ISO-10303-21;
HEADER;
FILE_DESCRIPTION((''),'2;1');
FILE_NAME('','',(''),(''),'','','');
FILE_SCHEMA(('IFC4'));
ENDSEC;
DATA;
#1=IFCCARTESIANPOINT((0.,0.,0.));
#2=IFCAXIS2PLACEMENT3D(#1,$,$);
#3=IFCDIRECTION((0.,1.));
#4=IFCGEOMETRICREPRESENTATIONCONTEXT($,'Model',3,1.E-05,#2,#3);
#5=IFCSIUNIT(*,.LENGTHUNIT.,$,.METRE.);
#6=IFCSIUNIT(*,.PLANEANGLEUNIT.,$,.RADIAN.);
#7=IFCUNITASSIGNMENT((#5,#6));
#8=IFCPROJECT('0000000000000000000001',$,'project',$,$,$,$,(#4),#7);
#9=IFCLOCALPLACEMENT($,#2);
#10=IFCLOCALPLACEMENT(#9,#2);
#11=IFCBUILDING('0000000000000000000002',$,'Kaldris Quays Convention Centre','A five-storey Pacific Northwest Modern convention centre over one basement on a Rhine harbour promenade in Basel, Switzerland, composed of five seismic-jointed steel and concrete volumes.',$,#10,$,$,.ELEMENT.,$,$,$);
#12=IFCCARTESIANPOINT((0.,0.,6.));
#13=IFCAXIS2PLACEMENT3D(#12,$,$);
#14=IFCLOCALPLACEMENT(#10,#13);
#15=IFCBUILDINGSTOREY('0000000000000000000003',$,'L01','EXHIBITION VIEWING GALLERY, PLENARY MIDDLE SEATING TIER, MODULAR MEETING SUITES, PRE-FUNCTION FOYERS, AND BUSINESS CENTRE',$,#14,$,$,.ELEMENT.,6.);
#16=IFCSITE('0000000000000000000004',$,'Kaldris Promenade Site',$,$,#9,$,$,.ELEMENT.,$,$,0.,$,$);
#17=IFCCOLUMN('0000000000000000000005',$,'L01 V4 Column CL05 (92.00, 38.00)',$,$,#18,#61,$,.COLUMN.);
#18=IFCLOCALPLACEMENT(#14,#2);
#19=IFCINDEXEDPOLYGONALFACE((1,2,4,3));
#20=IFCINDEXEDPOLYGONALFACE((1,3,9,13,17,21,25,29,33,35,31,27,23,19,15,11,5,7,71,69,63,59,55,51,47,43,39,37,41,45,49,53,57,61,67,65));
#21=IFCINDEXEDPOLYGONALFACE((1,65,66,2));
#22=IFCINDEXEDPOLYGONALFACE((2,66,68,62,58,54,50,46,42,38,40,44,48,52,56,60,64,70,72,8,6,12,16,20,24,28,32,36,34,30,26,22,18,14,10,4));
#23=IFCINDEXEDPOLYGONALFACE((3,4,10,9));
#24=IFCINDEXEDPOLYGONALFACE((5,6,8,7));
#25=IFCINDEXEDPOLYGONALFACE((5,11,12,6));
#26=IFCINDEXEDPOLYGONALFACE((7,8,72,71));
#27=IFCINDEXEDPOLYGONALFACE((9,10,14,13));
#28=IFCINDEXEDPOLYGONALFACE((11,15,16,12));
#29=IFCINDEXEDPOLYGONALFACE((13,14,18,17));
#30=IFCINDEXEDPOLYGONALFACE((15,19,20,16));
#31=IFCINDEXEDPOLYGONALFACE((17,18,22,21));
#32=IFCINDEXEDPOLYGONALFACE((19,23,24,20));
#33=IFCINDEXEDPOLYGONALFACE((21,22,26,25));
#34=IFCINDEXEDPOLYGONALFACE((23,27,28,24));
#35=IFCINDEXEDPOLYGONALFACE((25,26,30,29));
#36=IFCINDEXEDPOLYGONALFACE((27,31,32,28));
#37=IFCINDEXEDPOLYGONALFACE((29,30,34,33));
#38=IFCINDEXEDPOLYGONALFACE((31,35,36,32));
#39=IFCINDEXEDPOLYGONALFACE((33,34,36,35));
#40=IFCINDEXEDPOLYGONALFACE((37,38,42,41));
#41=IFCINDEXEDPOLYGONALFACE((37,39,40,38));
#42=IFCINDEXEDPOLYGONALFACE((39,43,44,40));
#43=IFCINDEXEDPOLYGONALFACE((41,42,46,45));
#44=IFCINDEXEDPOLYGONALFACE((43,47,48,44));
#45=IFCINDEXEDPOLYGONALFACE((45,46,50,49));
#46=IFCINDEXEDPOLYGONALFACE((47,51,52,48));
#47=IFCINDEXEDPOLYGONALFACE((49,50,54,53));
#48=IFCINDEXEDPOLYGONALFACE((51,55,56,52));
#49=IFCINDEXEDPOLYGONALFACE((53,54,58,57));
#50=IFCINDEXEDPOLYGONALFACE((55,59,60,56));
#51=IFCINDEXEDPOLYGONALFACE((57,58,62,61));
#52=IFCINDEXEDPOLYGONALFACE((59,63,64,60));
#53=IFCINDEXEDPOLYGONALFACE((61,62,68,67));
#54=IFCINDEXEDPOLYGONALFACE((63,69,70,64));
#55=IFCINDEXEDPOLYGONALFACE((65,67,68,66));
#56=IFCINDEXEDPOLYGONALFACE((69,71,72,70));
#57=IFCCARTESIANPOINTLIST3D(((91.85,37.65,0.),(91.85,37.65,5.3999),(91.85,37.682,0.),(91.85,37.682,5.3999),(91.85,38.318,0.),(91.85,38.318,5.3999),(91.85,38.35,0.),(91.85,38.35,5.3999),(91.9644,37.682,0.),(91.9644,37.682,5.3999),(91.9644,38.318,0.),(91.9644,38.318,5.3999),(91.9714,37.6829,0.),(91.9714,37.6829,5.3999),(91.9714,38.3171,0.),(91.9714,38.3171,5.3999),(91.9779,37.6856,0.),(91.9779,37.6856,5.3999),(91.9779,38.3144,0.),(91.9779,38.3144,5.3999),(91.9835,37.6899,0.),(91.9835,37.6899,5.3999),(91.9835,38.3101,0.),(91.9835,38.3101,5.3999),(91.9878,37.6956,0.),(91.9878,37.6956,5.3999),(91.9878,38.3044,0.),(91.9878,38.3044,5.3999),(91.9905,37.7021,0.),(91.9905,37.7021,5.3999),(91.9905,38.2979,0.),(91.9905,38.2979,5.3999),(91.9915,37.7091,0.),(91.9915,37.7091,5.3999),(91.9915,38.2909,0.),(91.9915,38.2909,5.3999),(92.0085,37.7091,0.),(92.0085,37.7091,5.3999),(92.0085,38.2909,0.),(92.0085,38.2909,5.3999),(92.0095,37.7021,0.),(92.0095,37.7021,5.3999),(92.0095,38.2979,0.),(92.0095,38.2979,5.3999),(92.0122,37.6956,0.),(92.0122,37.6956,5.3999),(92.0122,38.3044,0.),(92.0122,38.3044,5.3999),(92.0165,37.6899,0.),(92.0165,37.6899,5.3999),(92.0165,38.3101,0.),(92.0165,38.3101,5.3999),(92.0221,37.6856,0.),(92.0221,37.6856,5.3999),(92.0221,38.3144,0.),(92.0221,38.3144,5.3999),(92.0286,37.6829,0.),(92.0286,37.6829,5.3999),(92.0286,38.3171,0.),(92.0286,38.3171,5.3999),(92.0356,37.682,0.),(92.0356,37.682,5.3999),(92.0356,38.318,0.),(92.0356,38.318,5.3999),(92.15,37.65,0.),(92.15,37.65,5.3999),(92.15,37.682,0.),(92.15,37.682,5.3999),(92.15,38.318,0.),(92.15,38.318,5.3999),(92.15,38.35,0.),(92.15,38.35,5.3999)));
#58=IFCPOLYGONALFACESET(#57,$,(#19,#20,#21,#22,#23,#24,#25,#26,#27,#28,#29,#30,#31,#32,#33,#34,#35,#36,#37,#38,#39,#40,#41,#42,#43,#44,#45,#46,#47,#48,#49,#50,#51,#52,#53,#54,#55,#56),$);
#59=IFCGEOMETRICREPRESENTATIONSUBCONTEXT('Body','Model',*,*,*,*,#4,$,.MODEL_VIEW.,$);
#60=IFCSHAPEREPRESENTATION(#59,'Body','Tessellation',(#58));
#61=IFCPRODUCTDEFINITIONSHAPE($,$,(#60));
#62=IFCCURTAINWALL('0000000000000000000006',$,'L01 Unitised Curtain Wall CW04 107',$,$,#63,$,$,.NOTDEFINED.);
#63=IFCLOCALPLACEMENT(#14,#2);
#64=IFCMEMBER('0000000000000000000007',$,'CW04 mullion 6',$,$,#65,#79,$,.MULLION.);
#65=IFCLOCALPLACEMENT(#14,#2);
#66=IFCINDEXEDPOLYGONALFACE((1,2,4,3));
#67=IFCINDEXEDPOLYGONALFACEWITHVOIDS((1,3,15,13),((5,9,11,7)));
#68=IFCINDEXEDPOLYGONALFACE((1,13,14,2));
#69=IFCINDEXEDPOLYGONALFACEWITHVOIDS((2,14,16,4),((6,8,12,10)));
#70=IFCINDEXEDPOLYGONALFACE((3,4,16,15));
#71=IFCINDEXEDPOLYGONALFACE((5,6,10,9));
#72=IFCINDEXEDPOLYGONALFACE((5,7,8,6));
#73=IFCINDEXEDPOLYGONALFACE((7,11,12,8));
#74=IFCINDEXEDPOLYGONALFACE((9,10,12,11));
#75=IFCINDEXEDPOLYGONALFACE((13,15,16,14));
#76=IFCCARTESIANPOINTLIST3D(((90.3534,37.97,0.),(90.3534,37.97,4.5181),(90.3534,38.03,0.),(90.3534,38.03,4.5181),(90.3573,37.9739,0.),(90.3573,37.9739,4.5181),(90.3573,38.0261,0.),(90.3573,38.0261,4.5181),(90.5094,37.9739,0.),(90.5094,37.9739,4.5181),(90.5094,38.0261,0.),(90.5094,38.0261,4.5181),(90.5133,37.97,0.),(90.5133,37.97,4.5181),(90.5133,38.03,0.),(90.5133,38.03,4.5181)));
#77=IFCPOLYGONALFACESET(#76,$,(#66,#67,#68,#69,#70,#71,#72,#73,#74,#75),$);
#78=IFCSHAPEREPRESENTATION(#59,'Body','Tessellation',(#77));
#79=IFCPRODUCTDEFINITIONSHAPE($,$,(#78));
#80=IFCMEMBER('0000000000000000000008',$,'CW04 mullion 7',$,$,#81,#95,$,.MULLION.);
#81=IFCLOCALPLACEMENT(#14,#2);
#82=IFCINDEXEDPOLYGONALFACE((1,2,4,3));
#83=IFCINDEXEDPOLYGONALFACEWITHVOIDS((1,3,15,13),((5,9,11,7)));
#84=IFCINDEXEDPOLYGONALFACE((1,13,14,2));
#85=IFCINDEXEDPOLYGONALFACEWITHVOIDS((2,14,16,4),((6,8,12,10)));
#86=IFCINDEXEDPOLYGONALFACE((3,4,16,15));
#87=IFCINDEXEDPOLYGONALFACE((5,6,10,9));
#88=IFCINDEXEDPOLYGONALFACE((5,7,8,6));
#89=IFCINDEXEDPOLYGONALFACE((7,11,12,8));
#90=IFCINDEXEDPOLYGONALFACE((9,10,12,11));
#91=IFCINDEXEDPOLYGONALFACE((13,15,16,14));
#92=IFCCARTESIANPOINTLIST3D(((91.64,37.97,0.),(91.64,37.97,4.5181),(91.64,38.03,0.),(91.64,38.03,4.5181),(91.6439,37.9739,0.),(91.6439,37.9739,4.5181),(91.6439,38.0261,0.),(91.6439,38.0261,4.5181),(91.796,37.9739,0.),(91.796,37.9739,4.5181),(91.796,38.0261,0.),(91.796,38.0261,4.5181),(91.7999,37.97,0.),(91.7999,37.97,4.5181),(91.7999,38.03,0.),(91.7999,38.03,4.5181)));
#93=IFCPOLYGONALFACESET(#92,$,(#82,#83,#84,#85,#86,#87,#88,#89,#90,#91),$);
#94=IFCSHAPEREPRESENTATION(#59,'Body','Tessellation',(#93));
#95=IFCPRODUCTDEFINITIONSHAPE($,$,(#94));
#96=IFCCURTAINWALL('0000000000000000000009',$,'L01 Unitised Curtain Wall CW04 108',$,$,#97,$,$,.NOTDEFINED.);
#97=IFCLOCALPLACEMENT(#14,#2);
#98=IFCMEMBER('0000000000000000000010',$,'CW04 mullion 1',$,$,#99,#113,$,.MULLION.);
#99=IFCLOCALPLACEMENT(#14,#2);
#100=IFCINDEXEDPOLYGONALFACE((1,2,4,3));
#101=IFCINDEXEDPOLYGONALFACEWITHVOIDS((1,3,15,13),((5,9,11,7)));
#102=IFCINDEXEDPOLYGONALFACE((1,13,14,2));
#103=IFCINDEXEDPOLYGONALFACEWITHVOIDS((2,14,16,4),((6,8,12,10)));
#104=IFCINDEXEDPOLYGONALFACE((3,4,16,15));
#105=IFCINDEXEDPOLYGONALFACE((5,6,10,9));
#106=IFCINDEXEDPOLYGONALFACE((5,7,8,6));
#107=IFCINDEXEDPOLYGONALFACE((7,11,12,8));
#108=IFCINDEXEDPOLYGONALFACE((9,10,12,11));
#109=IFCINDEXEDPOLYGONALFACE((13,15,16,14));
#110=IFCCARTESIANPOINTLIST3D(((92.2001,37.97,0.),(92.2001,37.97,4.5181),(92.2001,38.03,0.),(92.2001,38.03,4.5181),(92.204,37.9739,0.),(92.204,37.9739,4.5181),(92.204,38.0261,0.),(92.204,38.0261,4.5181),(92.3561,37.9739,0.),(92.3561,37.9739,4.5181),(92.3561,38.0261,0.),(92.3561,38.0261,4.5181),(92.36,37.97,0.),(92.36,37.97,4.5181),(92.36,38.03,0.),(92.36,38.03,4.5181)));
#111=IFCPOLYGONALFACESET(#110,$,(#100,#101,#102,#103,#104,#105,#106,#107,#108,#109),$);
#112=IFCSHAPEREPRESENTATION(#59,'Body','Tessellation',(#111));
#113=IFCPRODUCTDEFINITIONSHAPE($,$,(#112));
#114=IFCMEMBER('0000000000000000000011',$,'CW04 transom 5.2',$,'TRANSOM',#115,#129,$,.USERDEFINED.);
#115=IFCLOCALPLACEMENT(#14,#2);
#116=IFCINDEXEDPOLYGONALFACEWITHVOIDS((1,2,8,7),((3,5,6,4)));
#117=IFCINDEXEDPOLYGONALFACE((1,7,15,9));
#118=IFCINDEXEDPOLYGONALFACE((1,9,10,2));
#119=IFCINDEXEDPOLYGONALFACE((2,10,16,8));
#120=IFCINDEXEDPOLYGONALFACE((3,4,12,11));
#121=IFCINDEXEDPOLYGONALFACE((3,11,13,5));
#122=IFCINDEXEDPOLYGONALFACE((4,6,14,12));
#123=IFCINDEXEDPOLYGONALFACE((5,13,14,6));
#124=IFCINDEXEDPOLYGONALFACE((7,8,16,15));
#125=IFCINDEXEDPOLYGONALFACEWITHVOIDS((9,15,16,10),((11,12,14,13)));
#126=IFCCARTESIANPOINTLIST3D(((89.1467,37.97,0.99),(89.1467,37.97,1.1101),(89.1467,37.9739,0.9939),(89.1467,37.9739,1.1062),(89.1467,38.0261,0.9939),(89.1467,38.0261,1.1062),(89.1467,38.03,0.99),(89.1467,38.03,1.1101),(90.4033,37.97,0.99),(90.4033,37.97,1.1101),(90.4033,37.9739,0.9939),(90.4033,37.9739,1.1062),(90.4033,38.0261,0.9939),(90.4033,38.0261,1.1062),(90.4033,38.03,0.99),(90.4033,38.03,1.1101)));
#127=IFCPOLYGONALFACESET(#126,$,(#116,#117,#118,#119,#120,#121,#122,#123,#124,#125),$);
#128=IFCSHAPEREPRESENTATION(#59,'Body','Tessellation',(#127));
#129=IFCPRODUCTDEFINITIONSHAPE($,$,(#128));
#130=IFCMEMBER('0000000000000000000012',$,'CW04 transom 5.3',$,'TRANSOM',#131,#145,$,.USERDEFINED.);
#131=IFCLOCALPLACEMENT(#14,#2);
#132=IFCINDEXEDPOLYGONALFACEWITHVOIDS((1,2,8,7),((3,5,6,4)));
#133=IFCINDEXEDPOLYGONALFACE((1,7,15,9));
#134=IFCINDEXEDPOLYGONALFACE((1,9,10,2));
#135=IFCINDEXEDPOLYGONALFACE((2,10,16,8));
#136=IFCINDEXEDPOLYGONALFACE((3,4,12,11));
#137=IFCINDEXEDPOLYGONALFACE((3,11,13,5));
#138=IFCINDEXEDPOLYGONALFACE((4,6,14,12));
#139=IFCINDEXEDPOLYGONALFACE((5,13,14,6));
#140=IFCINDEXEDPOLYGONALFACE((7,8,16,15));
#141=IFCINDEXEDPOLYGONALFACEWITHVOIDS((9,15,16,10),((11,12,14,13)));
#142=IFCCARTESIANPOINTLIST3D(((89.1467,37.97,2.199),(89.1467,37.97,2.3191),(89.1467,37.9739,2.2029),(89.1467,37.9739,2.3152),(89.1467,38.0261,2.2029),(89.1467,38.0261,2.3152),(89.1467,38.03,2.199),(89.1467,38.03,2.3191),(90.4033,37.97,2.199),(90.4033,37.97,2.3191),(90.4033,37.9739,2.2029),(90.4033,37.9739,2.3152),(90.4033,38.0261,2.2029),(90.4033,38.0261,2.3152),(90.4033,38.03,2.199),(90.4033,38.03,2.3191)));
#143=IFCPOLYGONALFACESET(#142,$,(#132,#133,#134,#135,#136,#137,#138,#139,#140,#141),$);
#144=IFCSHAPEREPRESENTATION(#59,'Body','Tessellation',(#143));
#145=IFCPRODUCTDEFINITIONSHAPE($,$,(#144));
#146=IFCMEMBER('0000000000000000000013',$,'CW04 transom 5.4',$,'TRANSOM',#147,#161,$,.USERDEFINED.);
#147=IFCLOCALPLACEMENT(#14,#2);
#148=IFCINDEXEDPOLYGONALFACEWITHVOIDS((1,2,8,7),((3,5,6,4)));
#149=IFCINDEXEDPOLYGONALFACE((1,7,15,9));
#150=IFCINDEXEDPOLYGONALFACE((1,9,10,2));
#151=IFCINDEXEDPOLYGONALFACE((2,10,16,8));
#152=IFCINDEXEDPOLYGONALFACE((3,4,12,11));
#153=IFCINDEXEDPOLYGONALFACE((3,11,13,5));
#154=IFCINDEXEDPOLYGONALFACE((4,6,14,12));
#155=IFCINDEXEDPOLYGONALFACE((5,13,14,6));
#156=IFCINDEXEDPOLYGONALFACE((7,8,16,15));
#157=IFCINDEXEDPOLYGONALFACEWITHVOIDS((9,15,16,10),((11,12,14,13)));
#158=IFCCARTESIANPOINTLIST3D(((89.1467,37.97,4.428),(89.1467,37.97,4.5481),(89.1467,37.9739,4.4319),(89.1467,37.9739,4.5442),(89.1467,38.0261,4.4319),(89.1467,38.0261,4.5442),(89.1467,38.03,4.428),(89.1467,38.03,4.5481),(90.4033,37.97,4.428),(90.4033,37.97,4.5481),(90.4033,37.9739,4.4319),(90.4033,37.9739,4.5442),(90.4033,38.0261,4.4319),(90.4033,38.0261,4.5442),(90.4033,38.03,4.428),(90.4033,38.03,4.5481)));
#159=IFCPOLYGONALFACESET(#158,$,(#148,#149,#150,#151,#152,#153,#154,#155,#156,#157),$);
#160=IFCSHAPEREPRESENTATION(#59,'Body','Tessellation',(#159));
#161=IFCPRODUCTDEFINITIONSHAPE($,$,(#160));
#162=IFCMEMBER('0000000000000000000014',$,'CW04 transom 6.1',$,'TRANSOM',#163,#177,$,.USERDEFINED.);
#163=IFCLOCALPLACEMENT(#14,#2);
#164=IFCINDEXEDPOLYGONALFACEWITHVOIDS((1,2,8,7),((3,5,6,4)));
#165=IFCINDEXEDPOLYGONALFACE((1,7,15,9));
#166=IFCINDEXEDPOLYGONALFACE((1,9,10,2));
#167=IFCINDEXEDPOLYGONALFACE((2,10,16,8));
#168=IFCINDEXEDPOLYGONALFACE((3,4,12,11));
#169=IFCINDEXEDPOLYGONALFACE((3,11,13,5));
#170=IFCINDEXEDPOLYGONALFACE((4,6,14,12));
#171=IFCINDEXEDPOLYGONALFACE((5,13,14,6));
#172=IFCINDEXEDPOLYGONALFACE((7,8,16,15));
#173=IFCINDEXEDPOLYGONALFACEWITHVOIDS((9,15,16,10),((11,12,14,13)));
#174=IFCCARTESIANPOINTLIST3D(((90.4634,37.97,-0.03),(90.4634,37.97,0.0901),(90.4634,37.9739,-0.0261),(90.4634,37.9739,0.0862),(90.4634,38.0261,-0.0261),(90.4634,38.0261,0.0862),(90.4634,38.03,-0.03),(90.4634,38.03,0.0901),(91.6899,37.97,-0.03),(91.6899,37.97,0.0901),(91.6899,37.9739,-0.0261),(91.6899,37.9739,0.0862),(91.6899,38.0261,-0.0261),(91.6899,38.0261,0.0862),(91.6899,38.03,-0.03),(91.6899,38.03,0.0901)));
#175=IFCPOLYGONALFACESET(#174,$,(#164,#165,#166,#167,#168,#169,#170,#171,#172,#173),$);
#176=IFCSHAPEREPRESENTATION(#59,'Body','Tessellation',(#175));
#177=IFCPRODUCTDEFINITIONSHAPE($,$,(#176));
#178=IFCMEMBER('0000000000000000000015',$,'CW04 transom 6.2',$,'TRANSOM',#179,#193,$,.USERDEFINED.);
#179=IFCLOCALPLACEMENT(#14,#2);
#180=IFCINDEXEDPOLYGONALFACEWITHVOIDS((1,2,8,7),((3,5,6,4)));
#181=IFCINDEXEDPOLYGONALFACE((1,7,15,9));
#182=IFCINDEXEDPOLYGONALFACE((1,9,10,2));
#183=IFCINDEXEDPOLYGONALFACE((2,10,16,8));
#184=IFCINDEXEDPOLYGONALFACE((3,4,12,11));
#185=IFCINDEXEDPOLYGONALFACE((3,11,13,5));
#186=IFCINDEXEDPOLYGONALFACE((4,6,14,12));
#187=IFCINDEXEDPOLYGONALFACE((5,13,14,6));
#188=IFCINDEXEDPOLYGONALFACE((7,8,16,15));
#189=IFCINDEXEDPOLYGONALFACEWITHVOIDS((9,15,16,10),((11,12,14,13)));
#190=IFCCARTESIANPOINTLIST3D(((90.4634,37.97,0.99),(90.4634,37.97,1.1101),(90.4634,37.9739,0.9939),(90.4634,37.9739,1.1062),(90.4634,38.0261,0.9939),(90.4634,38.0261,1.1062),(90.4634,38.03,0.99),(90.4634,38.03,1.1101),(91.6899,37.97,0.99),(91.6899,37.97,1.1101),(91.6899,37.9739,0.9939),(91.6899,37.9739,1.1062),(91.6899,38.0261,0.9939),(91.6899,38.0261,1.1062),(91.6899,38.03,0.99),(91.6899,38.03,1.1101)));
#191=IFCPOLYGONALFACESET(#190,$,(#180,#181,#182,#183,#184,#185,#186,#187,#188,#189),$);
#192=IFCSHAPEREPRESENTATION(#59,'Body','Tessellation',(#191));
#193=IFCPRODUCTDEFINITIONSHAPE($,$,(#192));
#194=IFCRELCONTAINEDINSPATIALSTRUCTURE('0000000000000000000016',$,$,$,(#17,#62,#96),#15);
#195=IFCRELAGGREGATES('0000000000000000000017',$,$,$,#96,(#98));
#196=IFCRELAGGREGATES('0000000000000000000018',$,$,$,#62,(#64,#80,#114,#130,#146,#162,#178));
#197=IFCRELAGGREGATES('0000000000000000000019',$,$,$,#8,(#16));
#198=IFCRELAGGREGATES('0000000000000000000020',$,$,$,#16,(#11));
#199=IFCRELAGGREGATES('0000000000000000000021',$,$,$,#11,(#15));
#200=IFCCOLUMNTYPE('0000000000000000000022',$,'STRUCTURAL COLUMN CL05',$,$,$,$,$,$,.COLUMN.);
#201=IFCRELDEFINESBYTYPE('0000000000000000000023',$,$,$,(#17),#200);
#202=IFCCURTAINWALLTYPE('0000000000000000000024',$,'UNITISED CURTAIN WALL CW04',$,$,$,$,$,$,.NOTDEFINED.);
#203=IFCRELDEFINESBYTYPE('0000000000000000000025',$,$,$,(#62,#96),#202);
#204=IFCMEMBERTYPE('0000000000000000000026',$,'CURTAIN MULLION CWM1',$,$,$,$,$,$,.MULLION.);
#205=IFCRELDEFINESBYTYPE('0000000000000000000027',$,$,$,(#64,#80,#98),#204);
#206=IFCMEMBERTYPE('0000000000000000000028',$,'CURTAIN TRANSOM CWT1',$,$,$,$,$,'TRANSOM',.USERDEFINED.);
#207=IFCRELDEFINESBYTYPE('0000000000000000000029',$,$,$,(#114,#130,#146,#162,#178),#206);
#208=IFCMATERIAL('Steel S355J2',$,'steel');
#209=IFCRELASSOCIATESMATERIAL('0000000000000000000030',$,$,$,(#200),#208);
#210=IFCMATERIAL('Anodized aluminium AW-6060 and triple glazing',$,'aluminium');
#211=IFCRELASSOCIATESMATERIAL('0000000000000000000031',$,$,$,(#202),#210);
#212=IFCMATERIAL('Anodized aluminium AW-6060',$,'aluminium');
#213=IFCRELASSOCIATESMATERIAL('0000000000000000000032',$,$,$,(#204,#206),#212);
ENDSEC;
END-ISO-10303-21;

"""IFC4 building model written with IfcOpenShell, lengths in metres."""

from ifc_helpers import new_model, si_unit, direction, frame, origin, origin_2d, place, context, subcontext, project, spatial, hollow_rectangle, i_section, extrude, material, material_profile, profile_set, type_object, element, aggregate, save


model = new_model("IFC4")

# Units and contexts
model_context = context("Model", 3, precision=1e-05, world=origin(), true_north=direction((0.0, 1.0)))
body_context = subcontext(model_context, "Body", "Model", "MODEL_VIEW")
ifc_project = project(units=[si_unit("LENGTHUNIT", "METRE"), si_unit("PLANEANGLEUNIT", "RADIAN")], contexts=[model_context])

# Site, building, storey
site_placement = place(None, origin())
site = spatial("IfcSite", under=ifc_project, at=site_placement, Name="Kaldris Promenade Site", CompositionType="ELEMENT", RefElevation=0.0)
building_placement = place(site_placement, origin())
building = spatial("IfcBuilding", under=site, at=building_placement, Name="Kaldris Quays Convention Centre", Description="A five-storey Pacific Northwest Modern convention centre over one basement on a Rhine harbour promenade in Basel, Switzerland, composed of five seismic-jointed steel and concrete volumes.", CompositionType="ELEMENT")
storey_placement = place(building_placement, frame((0.0, 0.0, 6.0)))
storey = spatial("IfcBuildingStorey", under=building, at=storey_placement, Name="L01", Description="EXHIBITION VIEWING GALLERY, PLENARY MIDDLE SEATING TIER, MODULAR MEETING SUITES, PRE-FUNCTION FOYERS, AND BUSINESS CENTRE", CompositionType="ELEMENT", Elevation=6.0)

# Column
ifc_material_1 = material(Name="Steel S355J2", Category="steel")
ifc_material_profile_1 = material_profile(ifc_material_1, i_section(OverallWidth=0.3, OverallDepth=0.7, WebThickness=0.0171, FlangeThickness=0.032, FilletRadius=0.0271, at=origin_2d()), Name="HEB 700")
ifc_profile_set_1 = profile_set([ifc_material_profile_1], Name="Steel S355J2")
column_type = type_object("IfcColumnType", Name="STRUCTURAL COLUMN CL05", PredefinedType="COLUMN", material=ifc_profile_set_1)
column_placement = place(storey_placement, frame((92.0, 38.0, 0.0), z_axis=(0.0, 0.0, 1.0), x_axis=(1.0, 0.0, 0.0)))
element("IfcColumn", 1, at=column_placement, inside=storey, type_object=column_type, Name="L01 V4 Column CL05 (92.00, 38.00)", PredefinedType="COLUMN", context=body_context, shape_type="SweptSolid", body=[
    extrude(i_section(OverallWidth=0.3, OverallDepth=0.7, WebThickness=0.0171, FlangeThickness=0.032, FilletRadius=0.0271, at=origin_2d()), origin(), (0.0, 0.0, 1.0), 5.3999),
])

# Curtain wall, members
ifc_material_2 = material(Name="Anodized aluminium AW-6060 and triple glazing", Category="aluminium")
curtain_wall_type = type_object("IfcCurtainWallType", Name="UNITISED CURTAIN WALL CW04", PredefinedType="NOTDEFINED", material=ifc_material_2)
curtain_wall_1_placement = place(storey_placement, origin())
curtain_wall_1 = element("IfcCurtainWall", 2, at=curtain_wall_1_placement, inside=storey, type_object=curtain_wall_type, Name="L01 Unitised Curtain Wall CW04 107", PredefinedType="NOTDEFINED")
ifc_material_3 = material(Name="Anodized aluminium AW-6060", Category="aluminium")
ifc_material_profile_2 = material_profile(ifc_material_3, hollow_rectangle(XDim=0.0601, YDim=0.1599, WallThickness=0.0039, at=origin_2d()), Name="RHS 160x60x4")
ifc_profile_set_2 = profile_set([ifc_material_profile_2], Name="Anodized aluminium AW-6060")
member_type_1 = type_object("IfcMemberType", Name="CURTAIN MULLION CWM1", PredefinedType="MULLION", material=ifc_profile_set_2)
member_1_placement = place(storey_placement, frame((90.4333, 38.0, 0.0), z_axis=(0.0, 0.0, 1.0), x_axis=(0.0, 1.0, 0.0)))
member_1 = element("IfcMember", 3, at=member_1_placement, type_object=member_type_1, Name="CW04 mullion 6", PredefinedType="MULLION", context=body_context, shape_type="SweptSolid", body=[
    extrude(hollow_rectangle(XDim=0.0601, YDim=0.1599, WallThickness=0.0039, at=origin_2d()), origin(), (0.0, 0.0, 1.0), 4.5181),
])
member_2_placement = place(storey_placement, frame((91.72, 38.0, 0.0), z_axis=(0.0, 0.0, 1.0), x_axis=(0.0, 1.0, 0.0)))
member_2 = element("IfcMember", 4, at=member_2_placement, type_object=member_type_1, Name="CW04 mullion 7", PredefinedType="MULLION", context=body_context, shape_type="SweptSolid", body=[
    extrude(hollow_rectangle(XDim=0.0601, YDim=0.1599, WallThickness=0.0039, at=origin_2d()), origin(), (0.0, 0.0, 1.0), 4.5181),
])

# Curtain wall, member
curtain_wall_2_placement = place(storey_placement, origin())
curtain_wall_2 = element("IfcCurtainWall", 5, at=curtain_wall_2_placement, inside=storey, type_object=curtain_wall_type, Name="L01 Unitised Curtain Wall CW04 108", PredefinedType="NOTDEFINED")
member_3_placement = place(storey_placement, frame((92.28, 38.0, 0.0), z_axis=(0.0, 0.0, 1.0), x_axis=(0.0, 1.0, 0.0)))
member_3 = element("IfcMember", 6, at=member_3_placement, type_object=member_type_1, Name="CW04 mullion 1", PredefinedType="MULLION", context=body_context, shape_type="SweptSolid", body=[
    extrude(hollow_rectangle(XDim=0.0601, YDim=0.1599, WallThickness=0.0039, at=origin_2d()), origin(), (0.0, 0.0, 1.0), 4.5181),
])

# Members
ifc_material_profile_3 = material_profile(ifc_material_3, hollow_rectangle(XDim=0.0601, YDim=0.1201, WallThickness=0.0039, at=origin_2d()), Name="RHS 120x60x4")
ifc_profile_set_3 = profile_set([ifc_material_profile_3], Name="Anodized aluminium AW-6060")
member_type_2 = type_object("IfcMemberType", Name="CURTAIN TRANSOM CWT1", ElementType="TRANSOM", PredefinedType="USERDEFINED", material=ifc_profile_set_3)
member_4_placement = place(storey_placement, frame((89.1467, 38.0, 1.05), z_axis=(1.0, 0.0, 0.0), x_axis=(0.0, 1.0, 0.0)))
member_4 = element("IfcMember", 7, at=member_4_placement, type_object=member_type_2, Name="CW04 transom 5.2", ObjectType="TRANSOM", PredefinedType="USERDEFINED", context=body_context, shape_type="SweptSolid", body=[
    extrude(hollow_rectangle(XDim=0.0601, YDim=0.1201, WallThickness=0.0039, at=origin_2d()), origin(), (0.0, 0.0, 1.0), 1.2566),
])
member_5_placement = place(storey_placement, frame((89.1467, 38.0, 2.259), z_axis=(1.0, 0.0, 0.0), x_axis=(0.0, 1.0, 0.0)))
member_5 = element("IfcMember", 8, at=member_5_placement, type_object=member_type_2, Name="CW04 transom 5.3", ObjectType="TRANSOM", PredefinedType="USERDEFINED", context=body_context, shape_type="SweptSolid", body=[
    extrude(hollow_rectangle(XDim=0.0601, YDim=0.1201, WallThickness=0.0039, at=origin_2d()), origin(), (0.0, 0.0, 1.0), 1.2566),
])
member_6_placement = place(storey_placement, frame((89.1467, 38.0, 4.488), z_axis=(1.0, 0.0, 0.0), x_axis=(0.0, 1.0, 0.0)))
member_6 = element("IfcMember", 9, at=member_6_placement, type_object=member_type_2, Name="CW04 transom 5.4", ObjectType="TRANSOM", PredefinedType="USERDEFINED", context=body_context, shape_type="SweptSolid", body=[
    extrude(hollow_rectangle(XDim=0.0601, YDim=0.1201, WallThickness=0.0039, at=origin_2d()), origin(), (0.0, 0.0, 1.0), 1.2566),
])
member_7_placement = place(storey_placement, frame((90.4634, 38.0, 0.03), z_axis=(1.0, 0.0, 0.0), x_axis=(0.0, 1.0, 0.0)))
member_7 = element("IfcMember", 10, at=member_7_placement, type_object=member_type_2, Name="CW04 transom 6.1", ObjectType="TRANSOM", PredefinedType="USERDEFINED", context=body_context, shape_type="SweptSolid", body=[
    extrude(hollow_rectangle(XDim=0.0601, YDim=0.1201, WallThickness=0.0039, at=origin_2d()), origin(), (0.0, 0.0, 1.0), 1.2266),
])
member_8_placement = place(storey_placement, frame((90.4634, 38.0, 1.05), z_axis=(1.0, 0.0, 0.0), x_axis=(0.0, 1.0, 0.0)))
member_8 = element("IfcMember", 11, at=member_8_placement, type_object=member_type_2, Name="CW04 transom 6.2", ObjectType="TRANSOM", PredefinedType="USERDEFINED", context=body_context, shape_type="SweptSolid", body=[
    extrude(hollow_rectangle(XDim=0.0601, YDim=0.1201, WallThickness=0.0039, at=origin_2d()), origin(), (0.0, 0.0, 1.0), 1.2266),
])
aggregate(curtain_wall_2, [member_3])

aggregate(curtain_wall_1, [member_1, member_2, member_4, member_5, member_6, member_7, member_8])

save(model, "model.ifc")
